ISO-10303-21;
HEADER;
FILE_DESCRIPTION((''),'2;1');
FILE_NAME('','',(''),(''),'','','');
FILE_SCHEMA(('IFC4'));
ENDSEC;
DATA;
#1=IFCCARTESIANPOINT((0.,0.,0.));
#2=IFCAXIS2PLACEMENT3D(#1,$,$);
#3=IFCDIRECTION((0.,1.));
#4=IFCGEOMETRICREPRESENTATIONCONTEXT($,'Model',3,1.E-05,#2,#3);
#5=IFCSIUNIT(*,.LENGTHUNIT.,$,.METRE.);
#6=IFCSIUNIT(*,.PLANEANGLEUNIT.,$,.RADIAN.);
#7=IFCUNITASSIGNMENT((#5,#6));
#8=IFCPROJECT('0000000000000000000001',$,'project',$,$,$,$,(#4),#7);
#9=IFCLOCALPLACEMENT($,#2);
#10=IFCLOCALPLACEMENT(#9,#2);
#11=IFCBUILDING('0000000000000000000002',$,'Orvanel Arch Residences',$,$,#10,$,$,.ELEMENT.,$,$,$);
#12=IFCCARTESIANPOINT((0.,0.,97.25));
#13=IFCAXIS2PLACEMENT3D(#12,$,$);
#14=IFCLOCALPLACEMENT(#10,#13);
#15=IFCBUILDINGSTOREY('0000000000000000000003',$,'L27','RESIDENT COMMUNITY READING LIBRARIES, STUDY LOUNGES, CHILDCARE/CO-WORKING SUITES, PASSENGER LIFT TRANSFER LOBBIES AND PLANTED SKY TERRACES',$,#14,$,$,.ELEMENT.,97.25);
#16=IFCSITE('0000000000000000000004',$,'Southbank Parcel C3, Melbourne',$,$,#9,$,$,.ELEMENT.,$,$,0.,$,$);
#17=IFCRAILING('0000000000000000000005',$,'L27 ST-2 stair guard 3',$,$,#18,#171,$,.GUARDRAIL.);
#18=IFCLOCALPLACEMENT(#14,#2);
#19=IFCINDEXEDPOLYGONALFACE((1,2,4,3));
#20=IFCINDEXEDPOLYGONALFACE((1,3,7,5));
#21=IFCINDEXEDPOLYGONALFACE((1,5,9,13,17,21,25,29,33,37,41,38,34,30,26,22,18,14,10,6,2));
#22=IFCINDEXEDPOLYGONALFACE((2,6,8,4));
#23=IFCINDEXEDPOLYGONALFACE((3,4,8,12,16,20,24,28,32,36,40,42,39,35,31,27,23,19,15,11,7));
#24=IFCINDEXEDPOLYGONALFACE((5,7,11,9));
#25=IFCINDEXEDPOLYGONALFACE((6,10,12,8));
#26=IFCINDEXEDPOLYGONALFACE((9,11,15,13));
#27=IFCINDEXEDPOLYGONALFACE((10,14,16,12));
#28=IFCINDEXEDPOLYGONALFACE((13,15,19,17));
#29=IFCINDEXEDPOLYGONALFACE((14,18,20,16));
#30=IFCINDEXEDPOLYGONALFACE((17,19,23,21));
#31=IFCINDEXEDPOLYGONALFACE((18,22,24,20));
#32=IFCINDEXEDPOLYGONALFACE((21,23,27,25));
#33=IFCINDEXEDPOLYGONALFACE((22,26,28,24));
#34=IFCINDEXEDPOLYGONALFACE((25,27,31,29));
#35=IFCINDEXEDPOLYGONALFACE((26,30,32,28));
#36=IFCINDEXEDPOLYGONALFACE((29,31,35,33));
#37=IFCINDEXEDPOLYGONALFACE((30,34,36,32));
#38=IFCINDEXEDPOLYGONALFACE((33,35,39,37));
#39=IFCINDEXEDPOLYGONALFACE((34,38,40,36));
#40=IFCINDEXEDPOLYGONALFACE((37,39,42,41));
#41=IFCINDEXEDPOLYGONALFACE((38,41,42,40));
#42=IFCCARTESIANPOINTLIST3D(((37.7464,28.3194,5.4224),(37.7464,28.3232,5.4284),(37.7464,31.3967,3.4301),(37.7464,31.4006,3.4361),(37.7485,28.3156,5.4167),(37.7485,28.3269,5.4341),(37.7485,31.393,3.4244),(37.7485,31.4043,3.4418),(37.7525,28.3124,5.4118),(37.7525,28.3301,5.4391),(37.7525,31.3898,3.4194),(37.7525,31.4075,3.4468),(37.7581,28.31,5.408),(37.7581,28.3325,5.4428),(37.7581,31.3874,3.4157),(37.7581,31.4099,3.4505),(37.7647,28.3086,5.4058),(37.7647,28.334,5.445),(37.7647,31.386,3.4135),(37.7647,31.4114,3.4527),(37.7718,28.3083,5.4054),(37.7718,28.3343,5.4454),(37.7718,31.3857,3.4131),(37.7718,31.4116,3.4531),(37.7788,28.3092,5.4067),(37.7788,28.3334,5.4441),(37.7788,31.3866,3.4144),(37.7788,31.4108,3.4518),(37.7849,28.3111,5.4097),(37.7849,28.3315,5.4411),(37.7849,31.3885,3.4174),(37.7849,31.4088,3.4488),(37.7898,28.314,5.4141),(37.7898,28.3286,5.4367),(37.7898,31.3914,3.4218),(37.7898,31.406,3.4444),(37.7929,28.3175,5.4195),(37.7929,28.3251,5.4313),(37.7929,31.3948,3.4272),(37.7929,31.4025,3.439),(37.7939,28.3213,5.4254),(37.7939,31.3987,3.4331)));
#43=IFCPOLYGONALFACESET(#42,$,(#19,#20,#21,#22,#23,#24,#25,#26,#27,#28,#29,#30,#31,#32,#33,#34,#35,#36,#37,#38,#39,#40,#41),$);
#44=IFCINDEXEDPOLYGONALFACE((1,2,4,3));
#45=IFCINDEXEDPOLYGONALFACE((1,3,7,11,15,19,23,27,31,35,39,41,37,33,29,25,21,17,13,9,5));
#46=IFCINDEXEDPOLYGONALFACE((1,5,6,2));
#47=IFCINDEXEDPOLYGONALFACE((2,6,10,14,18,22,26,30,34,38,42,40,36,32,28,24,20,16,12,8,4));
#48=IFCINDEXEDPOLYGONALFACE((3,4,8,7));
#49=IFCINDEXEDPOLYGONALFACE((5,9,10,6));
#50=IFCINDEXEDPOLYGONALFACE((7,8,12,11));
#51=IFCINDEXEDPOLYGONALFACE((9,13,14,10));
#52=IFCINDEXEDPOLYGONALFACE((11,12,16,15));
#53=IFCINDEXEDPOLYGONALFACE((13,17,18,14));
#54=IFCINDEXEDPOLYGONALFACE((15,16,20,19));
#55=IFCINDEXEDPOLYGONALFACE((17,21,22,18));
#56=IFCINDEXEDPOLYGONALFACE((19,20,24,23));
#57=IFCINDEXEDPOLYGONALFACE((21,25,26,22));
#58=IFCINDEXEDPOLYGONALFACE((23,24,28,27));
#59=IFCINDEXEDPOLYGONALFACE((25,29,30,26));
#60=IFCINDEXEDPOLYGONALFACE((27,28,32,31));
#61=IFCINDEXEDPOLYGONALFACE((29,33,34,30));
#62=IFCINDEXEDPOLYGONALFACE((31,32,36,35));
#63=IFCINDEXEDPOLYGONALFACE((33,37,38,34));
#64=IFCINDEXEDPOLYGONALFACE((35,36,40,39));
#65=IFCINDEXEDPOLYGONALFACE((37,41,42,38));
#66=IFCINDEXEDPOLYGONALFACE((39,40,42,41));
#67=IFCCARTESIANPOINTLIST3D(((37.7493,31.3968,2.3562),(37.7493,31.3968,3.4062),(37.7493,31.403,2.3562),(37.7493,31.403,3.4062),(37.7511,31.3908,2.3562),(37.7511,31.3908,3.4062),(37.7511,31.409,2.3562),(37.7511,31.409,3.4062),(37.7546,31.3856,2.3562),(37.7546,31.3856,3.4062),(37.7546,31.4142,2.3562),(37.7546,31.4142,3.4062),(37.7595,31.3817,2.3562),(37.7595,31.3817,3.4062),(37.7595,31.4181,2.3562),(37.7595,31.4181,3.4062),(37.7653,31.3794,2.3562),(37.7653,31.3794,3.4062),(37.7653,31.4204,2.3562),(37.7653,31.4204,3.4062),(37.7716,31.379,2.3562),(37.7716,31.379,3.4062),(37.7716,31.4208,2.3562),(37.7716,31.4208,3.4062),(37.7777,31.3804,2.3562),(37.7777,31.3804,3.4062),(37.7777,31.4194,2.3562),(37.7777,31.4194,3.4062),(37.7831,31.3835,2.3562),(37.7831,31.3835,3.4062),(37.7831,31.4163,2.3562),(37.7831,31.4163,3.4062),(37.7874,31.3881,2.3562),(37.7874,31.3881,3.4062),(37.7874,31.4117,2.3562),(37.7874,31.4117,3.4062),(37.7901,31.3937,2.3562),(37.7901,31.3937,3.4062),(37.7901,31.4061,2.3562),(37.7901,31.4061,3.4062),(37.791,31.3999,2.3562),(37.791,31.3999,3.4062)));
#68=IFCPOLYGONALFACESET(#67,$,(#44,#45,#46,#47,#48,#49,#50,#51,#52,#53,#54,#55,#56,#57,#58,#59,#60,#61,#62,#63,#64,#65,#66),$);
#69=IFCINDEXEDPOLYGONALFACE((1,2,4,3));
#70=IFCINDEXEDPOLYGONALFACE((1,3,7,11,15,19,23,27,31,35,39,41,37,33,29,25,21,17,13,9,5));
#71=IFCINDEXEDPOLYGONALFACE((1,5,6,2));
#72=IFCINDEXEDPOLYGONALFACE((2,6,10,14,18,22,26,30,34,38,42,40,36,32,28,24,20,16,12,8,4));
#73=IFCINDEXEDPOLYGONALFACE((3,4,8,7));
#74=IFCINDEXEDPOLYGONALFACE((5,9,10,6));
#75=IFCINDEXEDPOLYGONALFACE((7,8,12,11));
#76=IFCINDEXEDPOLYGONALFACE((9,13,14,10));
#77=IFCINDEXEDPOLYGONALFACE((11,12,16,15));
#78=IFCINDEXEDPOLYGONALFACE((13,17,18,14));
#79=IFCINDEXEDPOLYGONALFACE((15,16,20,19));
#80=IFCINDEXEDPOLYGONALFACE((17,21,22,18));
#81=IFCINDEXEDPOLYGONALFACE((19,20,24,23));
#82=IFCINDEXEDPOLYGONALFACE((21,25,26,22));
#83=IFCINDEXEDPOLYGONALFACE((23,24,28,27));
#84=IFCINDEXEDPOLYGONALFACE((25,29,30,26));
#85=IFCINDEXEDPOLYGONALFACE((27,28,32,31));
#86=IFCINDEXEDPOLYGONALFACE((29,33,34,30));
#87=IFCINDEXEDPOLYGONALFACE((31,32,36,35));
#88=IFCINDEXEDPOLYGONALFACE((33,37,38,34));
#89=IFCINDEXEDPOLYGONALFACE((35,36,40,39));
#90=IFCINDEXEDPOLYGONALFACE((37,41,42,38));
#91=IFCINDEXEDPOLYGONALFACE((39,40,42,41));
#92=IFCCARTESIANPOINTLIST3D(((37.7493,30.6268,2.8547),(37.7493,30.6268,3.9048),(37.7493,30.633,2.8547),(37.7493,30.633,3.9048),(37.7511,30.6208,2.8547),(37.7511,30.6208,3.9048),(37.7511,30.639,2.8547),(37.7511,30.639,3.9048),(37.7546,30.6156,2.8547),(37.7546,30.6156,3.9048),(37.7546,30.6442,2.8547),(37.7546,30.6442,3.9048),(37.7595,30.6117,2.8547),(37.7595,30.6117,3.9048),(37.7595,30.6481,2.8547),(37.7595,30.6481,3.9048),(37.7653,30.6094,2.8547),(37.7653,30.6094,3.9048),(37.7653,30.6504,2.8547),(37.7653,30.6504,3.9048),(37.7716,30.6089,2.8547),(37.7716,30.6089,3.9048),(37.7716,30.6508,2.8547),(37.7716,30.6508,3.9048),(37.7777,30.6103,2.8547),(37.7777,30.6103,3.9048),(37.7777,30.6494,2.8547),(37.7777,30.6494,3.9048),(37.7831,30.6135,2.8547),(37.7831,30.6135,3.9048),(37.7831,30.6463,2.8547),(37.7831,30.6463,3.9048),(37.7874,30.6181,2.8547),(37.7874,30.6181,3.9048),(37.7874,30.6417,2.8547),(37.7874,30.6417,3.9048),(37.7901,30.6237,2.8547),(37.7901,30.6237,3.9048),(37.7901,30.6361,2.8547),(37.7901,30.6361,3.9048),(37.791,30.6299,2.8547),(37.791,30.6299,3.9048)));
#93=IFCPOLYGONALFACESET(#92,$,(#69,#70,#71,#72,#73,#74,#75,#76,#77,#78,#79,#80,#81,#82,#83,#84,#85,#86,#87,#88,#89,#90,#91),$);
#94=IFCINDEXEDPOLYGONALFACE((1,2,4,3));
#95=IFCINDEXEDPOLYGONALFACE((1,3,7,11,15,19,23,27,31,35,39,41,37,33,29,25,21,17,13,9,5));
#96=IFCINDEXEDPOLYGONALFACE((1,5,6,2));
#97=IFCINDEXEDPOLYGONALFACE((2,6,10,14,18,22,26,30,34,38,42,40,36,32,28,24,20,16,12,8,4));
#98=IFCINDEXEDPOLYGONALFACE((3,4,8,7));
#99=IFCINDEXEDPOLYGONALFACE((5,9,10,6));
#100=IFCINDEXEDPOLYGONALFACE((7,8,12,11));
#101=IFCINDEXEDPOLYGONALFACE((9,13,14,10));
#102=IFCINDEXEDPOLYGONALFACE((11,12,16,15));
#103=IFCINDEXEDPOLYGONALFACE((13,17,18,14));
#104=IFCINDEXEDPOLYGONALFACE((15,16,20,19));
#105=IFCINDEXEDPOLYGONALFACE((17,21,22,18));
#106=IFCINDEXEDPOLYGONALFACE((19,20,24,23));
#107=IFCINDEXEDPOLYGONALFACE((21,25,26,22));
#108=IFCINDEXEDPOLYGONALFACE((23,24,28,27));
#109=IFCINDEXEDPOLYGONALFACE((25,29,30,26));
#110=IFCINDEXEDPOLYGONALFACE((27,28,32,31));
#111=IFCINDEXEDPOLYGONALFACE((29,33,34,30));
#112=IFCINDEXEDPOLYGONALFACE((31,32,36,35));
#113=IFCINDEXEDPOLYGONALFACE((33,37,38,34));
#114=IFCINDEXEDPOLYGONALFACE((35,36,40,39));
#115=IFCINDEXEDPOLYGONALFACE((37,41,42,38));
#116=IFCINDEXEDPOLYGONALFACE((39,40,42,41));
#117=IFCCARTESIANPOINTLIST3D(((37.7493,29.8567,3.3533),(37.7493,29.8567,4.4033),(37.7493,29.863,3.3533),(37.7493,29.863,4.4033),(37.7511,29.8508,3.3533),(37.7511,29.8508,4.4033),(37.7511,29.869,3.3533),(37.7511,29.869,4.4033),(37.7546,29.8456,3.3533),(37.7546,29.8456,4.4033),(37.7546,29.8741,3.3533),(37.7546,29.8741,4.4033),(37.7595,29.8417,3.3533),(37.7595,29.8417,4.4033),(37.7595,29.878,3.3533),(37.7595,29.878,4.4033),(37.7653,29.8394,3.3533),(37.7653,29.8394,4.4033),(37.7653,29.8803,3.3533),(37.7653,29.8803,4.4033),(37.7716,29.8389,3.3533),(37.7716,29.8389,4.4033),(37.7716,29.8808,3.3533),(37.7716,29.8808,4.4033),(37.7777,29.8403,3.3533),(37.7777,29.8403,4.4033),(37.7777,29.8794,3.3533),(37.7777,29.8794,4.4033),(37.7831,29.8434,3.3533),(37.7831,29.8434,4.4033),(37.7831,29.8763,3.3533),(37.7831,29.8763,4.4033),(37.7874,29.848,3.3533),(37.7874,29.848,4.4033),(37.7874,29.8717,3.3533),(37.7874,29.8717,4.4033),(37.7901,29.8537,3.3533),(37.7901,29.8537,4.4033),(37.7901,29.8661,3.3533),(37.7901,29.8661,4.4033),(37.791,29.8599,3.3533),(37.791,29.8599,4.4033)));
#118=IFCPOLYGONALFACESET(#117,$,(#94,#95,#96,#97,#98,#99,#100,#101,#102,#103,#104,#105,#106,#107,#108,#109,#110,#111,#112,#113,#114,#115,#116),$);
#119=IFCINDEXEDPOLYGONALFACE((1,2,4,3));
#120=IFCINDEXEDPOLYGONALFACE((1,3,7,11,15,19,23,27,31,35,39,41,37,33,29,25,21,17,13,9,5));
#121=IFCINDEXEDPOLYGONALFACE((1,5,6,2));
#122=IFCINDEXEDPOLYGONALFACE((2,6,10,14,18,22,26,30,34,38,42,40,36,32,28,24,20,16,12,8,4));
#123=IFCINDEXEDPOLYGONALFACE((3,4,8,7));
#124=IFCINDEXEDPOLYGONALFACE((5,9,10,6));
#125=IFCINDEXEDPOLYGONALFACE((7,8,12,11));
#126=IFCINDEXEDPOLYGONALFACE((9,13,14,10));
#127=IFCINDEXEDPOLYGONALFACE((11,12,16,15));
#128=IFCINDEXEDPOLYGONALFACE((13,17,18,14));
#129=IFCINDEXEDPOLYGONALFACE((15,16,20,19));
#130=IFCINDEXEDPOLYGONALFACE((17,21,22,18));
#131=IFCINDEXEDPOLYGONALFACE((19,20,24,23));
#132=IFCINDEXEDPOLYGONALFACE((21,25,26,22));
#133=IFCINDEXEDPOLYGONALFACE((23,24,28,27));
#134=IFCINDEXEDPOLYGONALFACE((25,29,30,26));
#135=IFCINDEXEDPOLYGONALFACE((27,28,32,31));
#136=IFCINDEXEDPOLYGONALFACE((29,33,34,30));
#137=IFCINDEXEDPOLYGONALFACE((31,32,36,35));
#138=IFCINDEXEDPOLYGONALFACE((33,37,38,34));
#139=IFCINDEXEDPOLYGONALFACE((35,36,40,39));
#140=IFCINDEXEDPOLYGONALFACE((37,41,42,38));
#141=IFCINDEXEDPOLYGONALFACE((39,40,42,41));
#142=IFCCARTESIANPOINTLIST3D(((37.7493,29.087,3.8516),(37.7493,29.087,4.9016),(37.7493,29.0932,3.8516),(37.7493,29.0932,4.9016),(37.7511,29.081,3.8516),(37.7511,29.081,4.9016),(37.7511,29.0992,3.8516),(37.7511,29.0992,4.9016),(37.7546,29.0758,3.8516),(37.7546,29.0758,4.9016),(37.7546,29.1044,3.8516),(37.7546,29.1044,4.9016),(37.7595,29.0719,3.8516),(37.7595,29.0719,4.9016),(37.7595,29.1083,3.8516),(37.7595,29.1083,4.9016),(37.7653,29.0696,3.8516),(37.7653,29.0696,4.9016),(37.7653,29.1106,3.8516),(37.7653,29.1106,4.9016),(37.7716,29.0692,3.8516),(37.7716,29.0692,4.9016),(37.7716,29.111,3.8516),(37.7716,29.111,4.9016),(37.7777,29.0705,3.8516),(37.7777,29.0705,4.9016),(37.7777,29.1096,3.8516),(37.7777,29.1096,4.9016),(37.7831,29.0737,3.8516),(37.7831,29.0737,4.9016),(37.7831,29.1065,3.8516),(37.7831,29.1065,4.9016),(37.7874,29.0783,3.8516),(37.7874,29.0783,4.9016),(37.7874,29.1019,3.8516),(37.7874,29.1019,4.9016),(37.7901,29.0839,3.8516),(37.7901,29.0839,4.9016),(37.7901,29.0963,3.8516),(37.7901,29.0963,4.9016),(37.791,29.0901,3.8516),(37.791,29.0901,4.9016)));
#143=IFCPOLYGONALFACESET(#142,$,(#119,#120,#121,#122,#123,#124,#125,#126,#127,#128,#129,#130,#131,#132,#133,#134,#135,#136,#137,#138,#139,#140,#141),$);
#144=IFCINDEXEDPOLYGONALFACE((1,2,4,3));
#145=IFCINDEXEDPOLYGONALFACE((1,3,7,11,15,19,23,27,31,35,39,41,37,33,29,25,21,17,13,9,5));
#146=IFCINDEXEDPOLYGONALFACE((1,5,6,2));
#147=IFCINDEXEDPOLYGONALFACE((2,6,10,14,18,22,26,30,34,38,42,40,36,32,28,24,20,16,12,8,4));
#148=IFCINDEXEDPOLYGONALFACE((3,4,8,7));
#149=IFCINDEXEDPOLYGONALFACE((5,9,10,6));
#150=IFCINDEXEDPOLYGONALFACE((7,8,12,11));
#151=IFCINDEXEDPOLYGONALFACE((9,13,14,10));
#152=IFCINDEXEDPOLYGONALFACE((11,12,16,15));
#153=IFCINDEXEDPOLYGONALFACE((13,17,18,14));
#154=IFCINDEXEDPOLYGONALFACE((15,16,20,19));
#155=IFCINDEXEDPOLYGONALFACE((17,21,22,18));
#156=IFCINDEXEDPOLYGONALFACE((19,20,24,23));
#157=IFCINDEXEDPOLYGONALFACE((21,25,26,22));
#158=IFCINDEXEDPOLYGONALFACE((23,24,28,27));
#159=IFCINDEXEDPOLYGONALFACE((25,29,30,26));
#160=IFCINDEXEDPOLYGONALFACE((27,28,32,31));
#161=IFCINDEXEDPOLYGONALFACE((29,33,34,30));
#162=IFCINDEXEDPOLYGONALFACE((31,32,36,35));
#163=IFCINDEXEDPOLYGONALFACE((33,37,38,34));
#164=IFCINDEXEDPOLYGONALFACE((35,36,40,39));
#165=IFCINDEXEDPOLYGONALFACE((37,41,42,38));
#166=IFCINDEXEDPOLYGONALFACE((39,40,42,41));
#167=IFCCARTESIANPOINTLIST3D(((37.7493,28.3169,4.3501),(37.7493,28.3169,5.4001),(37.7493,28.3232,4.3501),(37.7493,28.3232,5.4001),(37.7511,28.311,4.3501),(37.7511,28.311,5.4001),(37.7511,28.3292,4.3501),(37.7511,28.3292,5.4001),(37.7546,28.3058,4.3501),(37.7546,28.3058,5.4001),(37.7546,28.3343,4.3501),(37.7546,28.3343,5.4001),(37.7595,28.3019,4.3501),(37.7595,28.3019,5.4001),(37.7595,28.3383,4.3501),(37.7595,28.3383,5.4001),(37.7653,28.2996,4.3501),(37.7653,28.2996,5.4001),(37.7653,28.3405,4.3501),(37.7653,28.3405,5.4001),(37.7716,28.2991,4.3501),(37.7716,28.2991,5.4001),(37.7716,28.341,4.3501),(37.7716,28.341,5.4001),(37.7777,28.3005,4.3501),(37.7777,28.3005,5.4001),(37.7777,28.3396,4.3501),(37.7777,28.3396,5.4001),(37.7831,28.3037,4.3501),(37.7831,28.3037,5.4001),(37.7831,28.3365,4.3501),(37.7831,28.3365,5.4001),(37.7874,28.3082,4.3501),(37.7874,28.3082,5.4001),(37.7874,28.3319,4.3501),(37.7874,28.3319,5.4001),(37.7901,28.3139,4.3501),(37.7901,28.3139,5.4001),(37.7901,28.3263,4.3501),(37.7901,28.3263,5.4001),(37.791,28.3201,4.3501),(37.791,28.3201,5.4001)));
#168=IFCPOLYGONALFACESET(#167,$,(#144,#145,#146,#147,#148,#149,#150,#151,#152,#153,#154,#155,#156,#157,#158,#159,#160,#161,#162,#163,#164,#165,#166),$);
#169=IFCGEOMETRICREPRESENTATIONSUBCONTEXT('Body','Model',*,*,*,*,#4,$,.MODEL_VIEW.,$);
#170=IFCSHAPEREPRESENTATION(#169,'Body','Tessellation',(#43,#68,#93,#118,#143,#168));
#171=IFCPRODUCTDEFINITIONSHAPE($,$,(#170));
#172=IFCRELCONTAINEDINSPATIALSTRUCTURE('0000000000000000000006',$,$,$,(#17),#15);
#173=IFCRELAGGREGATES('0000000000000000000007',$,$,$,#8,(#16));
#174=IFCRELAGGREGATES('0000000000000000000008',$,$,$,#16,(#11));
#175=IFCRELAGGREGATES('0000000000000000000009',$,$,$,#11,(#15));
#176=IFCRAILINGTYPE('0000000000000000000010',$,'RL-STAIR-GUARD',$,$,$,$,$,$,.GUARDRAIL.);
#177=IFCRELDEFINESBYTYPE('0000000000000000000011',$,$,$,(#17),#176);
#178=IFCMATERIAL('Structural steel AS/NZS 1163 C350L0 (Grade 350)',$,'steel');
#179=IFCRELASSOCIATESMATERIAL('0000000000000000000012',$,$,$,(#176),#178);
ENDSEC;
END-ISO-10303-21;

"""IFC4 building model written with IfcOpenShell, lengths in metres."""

from ifc_helpers import new_model, si_unit, direction, frame, origin, origin_2d, place, context, subcontext, project, spatial, circle, extrude, material, type_object, element, save


model = new_model("IFC4")

# Units and contexts
model_context = context("Model", 3, precision=1e-05, world=origin(), true_north=direction((0.0, 1.0)))
body_context = subcontext(model_context, "Body", "Model", "MODEL_VIEW")
ifc_project = project(units=[si_unit("LENGTHUNIT", "METRE"), si_unit("PLANEANGLEUNIT", "RADIAN")], contexts=[model_context])

# Site, building, storey
site_placement = place(None, origin())
site = spatial("IfcSite", under=ifc_project, at=site_placement, Name="Southbank Parcel C3, Melbourne", CompositionType="ELEMENT", RefElevation=0.0)
building_placement = place(site_placement, origin())
building = spatial("IfcBuilding", under=site, at=building_placement, Name="Orvanel Arch Residences", CompositionType="ELEMENT")
storey_placement = place(building_placement, frame((0.0, 0.0, 97.25)))
storey = spatial("IfcBuildingStorey", under=building, at=storey_placement, Name="L27", Description="RESIDENT COMMUNITY READING LIBRARIES, STUDY LOUNGES, CHILDCARE/CO-WORKING SUITES, PASSENGER LIFT TRANSFER LOBBIES AND PLANTED SKY TERRACES", CompositionType="ELEMENT", Elevation=97.25)

# Railing
ifc_material_1 = material(Name="Structural steel AS/NZS 1163 C350L0 (Grade 350)", Category="steel")
railing_type_1 = type_object("IfcRailingType", Name="RL-STAIR-GUARD", PredefinedType="GUARDRAIL", material=ifc_material_1)
railing_1_placement = place(storey_placement, frame((37.77, 31.3999, 2.3562)))
element("IfcRailing", 1, at=railing_1_placement, inside=storey, type_object=railing_type_1, Name="L27 ST-2 stair guard 3", PredefinedType="GUARDRAIL", context=body_context, shape_type="SweptSolid", body=[
    extrude(circle(Radius=0.0239, at=origin_2d()), frame((0.0, -0.0012, 1.0769), z_axis=(0.0, -0.839438, 0.543455), x_axis=(1.0, 0.0, 0.0)), (0.0, 0.0, 1.0), 3.666),
    extrude(circle(Radius=0.021, at=origin_2d()), origin(), (0.0, 0.0, 1.0), 1.05),
    extrude(circle(Radius=0.021, at=origin_2d()), frame((0.0, -0.77, 0.4985)), (0.0, 0.0, 1.0), 1.05),
    extrude(circle(Radius=0.021, at=origin_2d()), frame((0.0, -1.54, 0.9971)), (0.0, 0.0, 1.0), 1.05),
    extrude(circle(Radius=0.021, at=origin_2d()), frame((0.0, -2.3098, 1.4954)), (0.0, 0.0, 1.0), 1.05),
    extrude(circle(Radius=0.021, at=origin_2d()), frame((0.0, -3.0798, 1.9939)), (0.0, 0.0, 1.0), 1.05),
])

save(model, "model.ifc")
